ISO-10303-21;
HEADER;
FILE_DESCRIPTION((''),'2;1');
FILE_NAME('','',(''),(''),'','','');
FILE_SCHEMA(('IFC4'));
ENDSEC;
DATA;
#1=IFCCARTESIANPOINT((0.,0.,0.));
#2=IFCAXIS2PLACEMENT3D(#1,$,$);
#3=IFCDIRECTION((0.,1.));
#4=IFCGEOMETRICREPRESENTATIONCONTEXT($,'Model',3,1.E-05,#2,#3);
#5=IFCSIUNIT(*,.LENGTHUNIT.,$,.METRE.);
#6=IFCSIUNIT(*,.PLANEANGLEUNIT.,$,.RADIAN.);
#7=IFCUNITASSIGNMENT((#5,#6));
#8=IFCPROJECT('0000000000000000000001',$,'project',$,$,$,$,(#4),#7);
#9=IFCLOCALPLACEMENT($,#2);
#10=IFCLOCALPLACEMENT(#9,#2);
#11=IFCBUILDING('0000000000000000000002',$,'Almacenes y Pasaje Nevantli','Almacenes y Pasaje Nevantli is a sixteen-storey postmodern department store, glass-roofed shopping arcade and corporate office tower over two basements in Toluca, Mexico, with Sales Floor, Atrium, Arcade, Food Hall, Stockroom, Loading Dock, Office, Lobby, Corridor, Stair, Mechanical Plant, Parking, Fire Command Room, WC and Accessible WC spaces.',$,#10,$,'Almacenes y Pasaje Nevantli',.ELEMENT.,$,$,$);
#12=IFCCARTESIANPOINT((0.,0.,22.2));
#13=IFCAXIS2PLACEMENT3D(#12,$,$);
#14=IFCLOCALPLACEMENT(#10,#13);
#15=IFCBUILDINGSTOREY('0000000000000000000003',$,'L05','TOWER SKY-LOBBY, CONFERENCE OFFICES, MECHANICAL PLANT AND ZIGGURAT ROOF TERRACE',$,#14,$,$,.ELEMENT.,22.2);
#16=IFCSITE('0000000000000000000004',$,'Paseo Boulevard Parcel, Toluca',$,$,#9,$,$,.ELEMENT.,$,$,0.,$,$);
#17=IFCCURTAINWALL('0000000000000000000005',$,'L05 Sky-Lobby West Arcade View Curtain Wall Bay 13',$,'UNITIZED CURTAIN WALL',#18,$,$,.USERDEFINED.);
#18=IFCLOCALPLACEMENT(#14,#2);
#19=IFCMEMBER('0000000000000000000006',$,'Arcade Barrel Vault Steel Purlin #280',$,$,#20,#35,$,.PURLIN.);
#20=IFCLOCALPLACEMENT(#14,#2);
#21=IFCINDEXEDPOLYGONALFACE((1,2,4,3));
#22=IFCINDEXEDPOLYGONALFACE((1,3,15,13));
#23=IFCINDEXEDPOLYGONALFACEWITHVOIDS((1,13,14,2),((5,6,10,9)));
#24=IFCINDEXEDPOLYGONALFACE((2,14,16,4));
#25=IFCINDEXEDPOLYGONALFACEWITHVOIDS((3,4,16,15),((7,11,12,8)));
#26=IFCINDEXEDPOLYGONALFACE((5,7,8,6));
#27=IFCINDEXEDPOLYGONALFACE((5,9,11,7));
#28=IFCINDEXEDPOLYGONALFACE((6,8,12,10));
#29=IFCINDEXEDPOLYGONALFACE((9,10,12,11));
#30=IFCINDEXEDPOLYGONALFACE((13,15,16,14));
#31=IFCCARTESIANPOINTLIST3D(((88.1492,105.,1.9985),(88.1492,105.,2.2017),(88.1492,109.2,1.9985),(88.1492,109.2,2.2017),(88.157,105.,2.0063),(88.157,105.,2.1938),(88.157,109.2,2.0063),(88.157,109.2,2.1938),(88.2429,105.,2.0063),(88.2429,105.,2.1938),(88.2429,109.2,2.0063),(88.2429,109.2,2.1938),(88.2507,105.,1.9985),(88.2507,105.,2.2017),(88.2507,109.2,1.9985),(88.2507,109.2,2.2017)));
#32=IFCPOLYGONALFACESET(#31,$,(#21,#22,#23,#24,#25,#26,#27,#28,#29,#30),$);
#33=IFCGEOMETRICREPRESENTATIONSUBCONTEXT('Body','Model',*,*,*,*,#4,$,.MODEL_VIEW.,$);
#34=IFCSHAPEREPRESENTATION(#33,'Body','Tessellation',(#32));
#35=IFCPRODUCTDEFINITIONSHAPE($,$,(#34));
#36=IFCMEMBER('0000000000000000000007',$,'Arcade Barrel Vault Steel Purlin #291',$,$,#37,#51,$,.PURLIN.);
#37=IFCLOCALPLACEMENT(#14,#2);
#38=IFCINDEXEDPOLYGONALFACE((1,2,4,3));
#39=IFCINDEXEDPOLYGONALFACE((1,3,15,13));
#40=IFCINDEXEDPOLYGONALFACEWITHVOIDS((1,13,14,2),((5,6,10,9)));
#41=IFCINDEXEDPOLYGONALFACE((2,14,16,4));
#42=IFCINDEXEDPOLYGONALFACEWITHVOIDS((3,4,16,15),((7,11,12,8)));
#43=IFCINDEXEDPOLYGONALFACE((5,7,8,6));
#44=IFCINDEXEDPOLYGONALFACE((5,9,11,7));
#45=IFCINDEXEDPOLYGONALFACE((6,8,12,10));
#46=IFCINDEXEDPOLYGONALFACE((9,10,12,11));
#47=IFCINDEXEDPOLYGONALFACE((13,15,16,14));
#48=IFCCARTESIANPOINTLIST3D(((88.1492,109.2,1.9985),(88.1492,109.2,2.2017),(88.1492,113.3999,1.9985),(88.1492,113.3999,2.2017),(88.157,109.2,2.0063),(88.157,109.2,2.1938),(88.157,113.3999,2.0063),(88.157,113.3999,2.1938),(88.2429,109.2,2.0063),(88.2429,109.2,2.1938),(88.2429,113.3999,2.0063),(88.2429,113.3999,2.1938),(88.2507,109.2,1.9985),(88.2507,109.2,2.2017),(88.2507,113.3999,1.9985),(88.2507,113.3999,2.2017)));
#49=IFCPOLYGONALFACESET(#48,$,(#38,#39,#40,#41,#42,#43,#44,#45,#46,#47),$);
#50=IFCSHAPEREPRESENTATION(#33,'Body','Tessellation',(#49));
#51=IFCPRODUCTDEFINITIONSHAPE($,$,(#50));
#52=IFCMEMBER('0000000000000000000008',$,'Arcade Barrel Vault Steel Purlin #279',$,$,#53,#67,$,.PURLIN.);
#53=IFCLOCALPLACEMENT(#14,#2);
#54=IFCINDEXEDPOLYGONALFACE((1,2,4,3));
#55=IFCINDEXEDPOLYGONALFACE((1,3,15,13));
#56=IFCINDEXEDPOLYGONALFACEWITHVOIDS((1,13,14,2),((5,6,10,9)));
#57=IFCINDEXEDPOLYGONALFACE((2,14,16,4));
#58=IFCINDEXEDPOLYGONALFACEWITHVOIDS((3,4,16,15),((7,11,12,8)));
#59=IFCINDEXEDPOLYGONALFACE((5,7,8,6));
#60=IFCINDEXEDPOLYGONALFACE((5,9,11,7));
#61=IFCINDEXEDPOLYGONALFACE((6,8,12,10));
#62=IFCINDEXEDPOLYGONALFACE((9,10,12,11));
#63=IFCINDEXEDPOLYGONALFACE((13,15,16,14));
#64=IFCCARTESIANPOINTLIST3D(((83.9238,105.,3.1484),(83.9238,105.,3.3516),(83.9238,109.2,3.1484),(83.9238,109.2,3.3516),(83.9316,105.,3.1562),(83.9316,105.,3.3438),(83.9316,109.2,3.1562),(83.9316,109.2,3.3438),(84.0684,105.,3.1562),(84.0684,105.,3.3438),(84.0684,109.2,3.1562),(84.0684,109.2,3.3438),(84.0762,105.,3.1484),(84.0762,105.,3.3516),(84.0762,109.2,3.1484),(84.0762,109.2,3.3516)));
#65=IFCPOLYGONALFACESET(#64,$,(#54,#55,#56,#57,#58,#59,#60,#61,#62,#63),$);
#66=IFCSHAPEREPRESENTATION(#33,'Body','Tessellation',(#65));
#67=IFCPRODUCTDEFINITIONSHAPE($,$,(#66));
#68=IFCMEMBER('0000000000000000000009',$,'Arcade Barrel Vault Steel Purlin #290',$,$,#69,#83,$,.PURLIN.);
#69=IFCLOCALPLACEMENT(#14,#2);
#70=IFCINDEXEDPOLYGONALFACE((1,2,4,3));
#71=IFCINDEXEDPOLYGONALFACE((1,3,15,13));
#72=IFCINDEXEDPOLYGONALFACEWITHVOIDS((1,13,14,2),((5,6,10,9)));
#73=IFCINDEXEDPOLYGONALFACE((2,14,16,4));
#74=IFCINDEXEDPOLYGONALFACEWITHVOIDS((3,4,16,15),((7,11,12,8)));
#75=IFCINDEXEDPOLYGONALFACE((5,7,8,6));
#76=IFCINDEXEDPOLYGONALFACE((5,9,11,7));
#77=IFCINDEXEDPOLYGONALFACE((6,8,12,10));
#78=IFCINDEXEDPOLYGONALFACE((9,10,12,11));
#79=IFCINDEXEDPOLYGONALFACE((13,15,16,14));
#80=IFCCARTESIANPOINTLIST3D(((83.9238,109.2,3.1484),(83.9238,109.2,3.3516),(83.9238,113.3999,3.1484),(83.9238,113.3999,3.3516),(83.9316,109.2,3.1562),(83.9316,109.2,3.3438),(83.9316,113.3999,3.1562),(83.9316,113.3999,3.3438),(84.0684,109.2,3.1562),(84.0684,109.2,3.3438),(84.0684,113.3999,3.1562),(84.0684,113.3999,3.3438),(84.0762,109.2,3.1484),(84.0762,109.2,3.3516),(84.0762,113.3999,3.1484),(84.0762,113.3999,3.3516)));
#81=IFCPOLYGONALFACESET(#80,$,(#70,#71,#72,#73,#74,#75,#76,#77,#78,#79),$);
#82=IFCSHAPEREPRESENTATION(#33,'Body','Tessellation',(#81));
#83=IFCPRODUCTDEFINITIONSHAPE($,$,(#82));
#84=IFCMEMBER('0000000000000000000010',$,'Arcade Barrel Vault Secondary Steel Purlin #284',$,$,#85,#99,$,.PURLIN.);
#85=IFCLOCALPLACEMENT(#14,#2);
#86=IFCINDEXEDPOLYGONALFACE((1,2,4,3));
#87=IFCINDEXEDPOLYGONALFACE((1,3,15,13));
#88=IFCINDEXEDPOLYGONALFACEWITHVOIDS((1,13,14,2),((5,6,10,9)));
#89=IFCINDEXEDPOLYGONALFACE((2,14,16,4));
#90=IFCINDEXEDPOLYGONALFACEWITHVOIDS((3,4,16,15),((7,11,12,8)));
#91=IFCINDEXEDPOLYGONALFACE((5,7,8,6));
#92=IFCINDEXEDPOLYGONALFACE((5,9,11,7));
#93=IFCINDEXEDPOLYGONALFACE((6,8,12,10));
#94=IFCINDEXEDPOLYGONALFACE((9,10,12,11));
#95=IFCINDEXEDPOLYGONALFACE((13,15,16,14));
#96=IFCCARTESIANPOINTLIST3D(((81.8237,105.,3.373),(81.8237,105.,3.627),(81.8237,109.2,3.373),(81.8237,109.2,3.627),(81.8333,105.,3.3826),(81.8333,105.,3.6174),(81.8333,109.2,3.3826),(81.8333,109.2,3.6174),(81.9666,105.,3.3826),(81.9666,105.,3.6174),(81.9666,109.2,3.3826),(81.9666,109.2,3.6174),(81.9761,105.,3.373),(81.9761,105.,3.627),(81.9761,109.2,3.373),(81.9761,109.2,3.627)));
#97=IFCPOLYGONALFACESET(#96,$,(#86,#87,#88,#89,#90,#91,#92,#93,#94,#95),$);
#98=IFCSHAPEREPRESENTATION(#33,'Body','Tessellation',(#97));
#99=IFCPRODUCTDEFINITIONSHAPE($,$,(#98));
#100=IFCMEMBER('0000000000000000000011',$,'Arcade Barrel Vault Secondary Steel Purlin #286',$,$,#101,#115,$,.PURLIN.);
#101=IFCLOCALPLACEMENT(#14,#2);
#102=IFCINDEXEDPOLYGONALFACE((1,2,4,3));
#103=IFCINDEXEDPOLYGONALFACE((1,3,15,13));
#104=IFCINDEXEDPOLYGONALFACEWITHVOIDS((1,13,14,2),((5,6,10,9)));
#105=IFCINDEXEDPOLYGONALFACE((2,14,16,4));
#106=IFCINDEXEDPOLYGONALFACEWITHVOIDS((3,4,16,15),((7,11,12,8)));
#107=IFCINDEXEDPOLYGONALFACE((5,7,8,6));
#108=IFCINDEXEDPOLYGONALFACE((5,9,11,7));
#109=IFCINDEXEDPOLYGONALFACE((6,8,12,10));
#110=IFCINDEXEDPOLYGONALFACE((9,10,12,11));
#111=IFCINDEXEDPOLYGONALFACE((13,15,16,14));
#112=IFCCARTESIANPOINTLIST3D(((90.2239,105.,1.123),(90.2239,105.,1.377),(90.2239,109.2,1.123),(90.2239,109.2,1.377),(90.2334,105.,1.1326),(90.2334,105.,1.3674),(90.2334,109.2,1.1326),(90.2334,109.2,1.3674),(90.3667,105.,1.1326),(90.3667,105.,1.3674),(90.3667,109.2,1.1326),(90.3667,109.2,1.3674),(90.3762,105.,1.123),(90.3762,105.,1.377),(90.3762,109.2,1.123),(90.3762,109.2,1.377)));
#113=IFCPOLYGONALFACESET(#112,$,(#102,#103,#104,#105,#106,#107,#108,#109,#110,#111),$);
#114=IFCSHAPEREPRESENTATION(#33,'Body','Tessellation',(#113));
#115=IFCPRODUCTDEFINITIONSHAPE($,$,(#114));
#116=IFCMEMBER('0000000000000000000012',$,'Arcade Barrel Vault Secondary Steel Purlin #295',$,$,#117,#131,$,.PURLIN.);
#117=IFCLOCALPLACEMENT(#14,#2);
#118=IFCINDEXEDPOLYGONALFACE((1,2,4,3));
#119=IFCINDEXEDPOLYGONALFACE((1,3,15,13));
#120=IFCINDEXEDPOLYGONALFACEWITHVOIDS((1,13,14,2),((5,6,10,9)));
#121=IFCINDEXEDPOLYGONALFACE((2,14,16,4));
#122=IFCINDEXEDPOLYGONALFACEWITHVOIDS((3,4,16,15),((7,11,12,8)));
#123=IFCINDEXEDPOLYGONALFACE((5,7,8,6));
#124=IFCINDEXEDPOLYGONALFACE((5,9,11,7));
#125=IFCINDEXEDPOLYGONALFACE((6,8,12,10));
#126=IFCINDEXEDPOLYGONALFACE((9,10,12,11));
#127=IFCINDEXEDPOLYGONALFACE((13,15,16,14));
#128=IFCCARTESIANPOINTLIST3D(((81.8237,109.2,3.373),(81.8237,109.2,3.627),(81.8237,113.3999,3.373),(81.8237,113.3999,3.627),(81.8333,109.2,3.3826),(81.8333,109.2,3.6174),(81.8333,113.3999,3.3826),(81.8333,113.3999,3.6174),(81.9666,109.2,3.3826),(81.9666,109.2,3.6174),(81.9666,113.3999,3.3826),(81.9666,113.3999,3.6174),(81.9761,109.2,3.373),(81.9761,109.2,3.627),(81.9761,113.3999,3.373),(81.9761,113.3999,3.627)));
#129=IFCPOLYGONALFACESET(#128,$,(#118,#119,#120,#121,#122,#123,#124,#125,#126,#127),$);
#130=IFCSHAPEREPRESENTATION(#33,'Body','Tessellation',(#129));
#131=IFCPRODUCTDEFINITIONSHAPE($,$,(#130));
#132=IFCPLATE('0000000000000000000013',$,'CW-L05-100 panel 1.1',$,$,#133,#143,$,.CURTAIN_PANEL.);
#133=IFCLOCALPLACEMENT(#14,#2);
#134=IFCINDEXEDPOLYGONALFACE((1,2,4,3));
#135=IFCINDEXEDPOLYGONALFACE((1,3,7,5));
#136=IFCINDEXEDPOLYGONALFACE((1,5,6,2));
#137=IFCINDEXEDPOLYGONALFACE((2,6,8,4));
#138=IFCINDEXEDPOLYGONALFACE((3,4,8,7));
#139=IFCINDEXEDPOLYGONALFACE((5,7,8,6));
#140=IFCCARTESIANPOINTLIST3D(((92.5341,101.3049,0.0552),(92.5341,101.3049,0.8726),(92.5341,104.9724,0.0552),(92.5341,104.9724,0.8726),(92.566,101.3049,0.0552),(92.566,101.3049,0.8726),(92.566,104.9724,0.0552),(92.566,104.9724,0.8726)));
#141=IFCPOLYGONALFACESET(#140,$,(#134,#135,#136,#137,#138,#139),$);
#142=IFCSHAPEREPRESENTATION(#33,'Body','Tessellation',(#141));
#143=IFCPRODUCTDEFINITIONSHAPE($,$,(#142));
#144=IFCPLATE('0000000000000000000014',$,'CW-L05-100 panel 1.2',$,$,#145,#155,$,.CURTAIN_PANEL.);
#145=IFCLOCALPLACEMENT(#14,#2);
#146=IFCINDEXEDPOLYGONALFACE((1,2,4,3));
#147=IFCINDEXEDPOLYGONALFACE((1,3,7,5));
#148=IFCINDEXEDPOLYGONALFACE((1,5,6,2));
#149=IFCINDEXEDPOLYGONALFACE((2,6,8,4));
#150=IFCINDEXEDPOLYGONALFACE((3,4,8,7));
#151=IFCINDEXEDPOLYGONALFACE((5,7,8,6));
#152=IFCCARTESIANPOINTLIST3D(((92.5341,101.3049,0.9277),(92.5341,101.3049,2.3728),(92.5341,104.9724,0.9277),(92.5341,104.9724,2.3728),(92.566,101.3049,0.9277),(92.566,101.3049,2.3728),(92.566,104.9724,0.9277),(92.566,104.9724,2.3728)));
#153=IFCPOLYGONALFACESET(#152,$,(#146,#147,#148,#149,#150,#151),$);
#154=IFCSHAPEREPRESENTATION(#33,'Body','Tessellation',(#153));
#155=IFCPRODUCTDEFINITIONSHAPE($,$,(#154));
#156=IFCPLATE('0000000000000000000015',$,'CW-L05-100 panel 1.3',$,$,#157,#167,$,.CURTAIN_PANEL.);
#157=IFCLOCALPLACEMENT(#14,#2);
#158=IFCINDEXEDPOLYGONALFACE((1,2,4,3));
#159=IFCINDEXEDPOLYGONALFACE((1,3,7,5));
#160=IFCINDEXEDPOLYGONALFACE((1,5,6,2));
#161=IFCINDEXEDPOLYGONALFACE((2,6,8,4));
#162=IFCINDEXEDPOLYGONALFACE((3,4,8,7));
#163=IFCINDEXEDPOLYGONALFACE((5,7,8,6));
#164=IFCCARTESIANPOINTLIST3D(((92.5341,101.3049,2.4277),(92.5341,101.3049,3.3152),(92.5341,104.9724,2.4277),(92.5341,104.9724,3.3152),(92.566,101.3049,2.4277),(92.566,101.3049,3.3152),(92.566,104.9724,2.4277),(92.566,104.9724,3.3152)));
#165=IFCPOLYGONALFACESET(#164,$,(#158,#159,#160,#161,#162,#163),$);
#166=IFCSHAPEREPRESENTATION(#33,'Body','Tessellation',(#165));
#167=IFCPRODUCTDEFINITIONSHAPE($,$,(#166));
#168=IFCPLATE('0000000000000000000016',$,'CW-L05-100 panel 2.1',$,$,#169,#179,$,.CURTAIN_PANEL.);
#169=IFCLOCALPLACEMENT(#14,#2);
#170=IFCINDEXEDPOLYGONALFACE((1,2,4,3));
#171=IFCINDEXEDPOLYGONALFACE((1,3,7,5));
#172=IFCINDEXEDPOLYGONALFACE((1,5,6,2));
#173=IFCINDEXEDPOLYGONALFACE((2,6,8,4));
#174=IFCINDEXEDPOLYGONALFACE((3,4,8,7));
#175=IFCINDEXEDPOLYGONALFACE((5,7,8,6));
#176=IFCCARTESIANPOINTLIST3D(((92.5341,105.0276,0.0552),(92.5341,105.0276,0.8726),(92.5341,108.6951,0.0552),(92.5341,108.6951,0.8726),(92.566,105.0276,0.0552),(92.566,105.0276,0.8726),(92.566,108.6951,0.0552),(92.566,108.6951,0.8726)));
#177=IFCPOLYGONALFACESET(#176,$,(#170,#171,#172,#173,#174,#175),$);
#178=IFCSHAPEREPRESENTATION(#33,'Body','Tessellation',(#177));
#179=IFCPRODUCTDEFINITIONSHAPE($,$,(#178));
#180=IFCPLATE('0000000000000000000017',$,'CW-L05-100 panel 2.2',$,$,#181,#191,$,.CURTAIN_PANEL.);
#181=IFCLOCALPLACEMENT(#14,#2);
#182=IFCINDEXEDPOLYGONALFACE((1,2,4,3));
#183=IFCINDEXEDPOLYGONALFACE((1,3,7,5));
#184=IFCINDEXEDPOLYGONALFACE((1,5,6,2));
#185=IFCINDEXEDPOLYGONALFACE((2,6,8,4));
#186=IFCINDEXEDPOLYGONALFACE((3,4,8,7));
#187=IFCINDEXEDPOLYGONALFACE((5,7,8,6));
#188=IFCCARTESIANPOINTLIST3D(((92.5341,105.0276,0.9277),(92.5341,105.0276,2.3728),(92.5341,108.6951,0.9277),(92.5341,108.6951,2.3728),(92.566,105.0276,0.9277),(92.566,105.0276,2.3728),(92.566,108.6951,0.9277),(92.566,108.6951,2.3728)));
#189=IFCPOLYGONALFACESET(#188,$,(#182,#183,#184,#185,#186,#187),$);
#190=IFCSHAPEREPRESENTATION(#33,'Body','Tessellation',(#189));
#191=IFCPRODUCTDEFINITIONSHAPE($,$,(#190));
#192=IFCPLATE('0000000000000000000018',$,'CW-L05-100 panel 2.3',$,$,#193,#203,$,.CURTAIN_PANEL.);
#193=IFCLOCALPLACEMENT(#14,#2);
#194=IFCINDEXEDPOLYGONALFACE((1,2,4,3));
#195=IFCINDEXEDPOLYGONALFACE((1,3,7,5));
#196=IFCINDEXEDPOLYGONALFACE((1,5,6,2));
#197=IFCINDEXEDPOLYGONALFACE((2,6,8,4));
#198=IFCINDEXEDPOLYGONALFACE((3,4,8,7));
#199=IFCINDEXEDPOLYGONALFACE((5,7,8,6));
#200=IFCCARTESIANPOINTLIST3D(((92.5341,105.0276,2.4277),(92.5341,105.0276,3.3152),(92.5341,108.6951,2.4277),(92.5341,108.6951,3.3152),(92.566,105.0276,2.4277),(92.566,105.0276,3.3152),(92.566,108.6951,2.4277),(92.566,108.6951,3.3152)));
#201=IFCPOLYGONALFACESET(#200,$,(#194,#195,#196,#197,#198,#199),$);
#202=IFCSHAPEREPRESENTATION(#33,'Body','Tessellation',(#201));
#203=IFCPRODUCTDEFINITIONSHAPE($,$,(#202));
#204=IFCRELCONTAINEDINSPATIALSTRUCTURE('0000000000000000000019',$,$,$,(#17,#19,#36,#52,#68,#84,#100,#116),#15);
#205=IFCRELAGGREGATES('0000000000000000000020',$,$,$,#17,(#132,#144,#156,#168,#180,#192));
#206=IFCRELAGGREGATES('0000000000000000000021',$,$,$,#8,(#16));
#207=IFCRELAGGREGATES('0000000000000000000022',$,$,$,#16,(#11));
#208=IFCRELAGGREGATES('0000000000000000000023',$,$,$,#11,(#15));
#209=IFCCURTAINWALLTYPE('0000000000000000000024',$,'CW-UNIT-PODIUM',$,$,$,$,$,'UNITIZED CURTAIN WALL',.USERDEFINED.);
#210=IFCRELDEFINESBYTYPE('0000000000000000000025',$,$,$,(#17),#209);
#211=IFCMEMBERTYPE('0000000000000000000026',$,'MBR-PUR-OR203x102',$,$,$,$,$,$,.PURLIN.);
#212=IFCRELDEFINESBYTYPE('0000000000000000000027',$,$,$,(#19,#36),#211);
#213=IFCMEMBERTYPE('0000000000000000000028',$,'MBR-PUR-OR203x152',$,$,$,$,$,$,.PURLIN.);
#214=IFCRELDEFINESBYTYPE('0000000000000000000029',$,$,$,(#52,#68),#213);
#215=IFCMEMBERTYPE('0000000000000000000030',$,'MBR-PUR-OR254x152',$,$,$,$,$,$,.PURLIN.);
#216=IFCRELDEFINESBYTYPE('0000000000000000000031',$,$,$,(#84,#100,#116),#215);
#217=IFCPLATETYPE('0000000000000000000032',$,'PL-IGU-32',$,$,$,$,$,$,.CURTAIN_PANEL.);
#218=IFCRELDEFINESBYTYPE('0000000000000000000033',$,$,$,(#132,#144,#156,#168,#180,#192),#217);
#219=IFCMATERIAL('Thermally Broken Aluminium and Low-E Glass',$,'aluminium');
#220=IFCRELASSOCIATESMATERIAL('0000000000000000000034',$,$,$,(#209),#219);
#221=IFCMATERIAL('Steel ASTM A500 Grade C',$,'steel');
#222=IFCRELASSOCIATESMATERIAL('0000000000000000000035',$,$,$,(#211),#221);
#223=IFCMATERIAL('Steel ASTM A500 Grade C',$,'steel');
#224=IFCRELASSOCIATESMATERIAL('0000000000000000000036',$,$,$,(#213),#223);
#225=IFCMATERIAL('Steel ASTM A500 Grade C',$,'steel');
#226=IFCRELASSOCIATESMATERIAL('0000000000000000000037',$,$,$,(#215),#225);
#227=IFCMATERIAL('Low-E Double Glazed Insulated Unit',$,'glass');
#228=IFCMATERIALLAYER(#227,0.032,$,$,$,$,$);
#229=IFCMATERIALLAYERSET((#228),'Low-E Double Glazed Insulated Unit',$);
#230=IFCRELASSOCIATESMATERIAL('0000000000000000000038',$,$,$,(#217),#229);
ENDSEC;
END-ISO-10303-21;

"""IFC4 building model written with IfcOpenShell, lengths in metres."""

from ifc_helpers import new_model, si_unit, direction, frame, origin, origin_2d, place, context, subcontext, project, spatial, rectangle, hollow_rectangle, extrude, material, layer, layer_set, material_profile, profile_set, type_object, element, aggregate, save


model = new_model("IFC4")

# Units and contexts
model_context = context("Model", 3, precision=1e-05, world=origin(), true_north=direction((0.0, 1.0)))
body_context = subcontext(model_context, "Body", "Model", "MODEL_VIEW")
ifc_project = project(units=[si_unit("LENGTHUNIT", "METRE"), si_unit("PLANEANGLEUNIT", "RADIAN")], contexts=[model_context])

# Site, building, storey
site_placement = place(None, origin())
site = spatial("IfcSite", under=ifc_project, at=site_placement, Name="Paseo Boulevard Parcel, Toluca", CompositionType="ELEMENT", RefElevation=0.0)
building_placement = place(site_placement, origin())
building = spatial("IfcBuilding", under=site, at=building_placement, Name="Almacenes y Pasaje Nevantli", Description="Almacenes y Pasaje Nevantli is a sixteen-storey postmodern department store, glass-roofed shopping arcade and corporate office tower over two basements in Toluca, Mexico, with Sales Floor, Atrium, Arcade, Food Hall, Stockroom, Loading Dock, Office, Lobby, Corridor, Stair, Mechanical Plant, Parking, Fire Command Room, WC and Accessible WC spaces.", LongName="Almacenes y Pasaje Nevantli", CompositionType="ELEMENT")
storey_placement = place(building_placement, frame((0.0, 0.0, 22.2)))
storey = spatial("IfcBuildingStorey", under=building, at=storey_placement, Name="L05", Description="TOWER SKY-LOBBY, CONFERENCE OFFICES, MECHANICAL PLANT AND ZIGGURAT ROOF TERRACE", CompositionType="ELEMENT", Elevation=22.2)

# Curtain wall
ifc_material_1 = material(Name="Thermally Broken Aluminium and Low-E Glass", Category="aluminium")
curtain_wall_type = type_object("IfcCurtainWallType", Name="CW-UNIT-PODIUM", ElementType="UNITIZED CURTAIN WALL", PredefinedType="USERDEFINED", material=ifc_material_1)
curtain_wall_placement = place(storey_placement, origin())
curtain_wall = element("IfcCurtainWall", 1, at=curtain_wall_placement, inside=storey, type_object=curtain_wall_type, Name="L05 Sky-Lobby West Arcade View Curtain Wall Bay 13", ObjectType="UNITIZED CURTAIN WALL", PredefinedType="USERDEFINED")

# Members
ifc_material_2 = material(Name="Steel ASTM A500 Grade C", Category="steel")
ifc_material_profile_1 = material_profile(ifc_material_2, hollow_rectangle(XDim=0.1016, YDim=0.2031, WallThickness=0.0078, at=origin_2d()), Name="OR 203x102x7.9")
ifc_profile_set_1 = profile_set([ifc_material_profile_1], Name="Steel ASTM A500 Grade C")
member_type_1 = type_object("IfcMemberType", Name="MBR-PUR-OR203x102", PredefinedType="PURLIN", material=ifc_profile_set_1)
for number, where, z_axis, x_axis, name in (
    (2, (88.2, 105.0, 2.1001), (0.0, 1.0, 0.0), (-1.0, 0.0, 0.0), "Arcade Barrel Vault Steel Purlin #280"),
    (3, (88.2, 109.2, 2.1001), (0.0, 1.0, 0.0), (-1.0, 0.0, 0.0), "Arcade Barrel Vault Steel Purlin #291"),
):
    element("IfcMember", number, at=place(storey_placement, frame(where, z_axis=z_axis, x_axis=x_axis)), inside=storey, type_object=member_type_1, Name=name, PredefinedType="PURLIN", context=body_context, shape_type="SweptSolid", body=[
        extrude(hollow_rectangle(XDim=0.1016, YDim=0.2031, WallThickness=0.0078, at=origin_2d()), origin(), (0.0, 0.0, 1.0), 4.2),
    ])
ifc_material_3 = material(Name="Steel ASTM A500 Grade C", Category="steel")
ifc_material_profile_2 = material_profile(ifc_material_3, hollow_rectangle(XDim=0.1523, YDim=0.2031, WallThickness=0.0078, at=origin_2d()), Name="OR 203x152x7.9")
ifc_profile_set_2 = profile_set([ifc_material_profile_2], Name="Steel ASTM A500 Grade C")
member_type_2 = type_object("IfcMemberType", Name="MBR-PUR-OR203x152", PredefinedType="PURLIN", material=ifc_profile_set_2)
for number, where, z_axis, x_axis, name in (
    (4, (84.0, 105.0, 3.25), (0.0, 1.0, 0.0), (-1.0, 0.0, 0.0), "Arcade Barrel Vault Steel Purlin #279"),
    (5, (84.0, 109.2, 3.25), (0.0, 1.0, 0.0), (-1.0, 0.0, 0.0), "Arcade Barrel Vault Steel Purlin #290"),
):
    element("IfcMember", number, at=place(storey_placement, frame(where, z_axis=z_axis, x_axis=x_axis)), inside=storey, type_object=member_type_2, Name=name, PredefinedType="PURLIN", context=body_context, shape_type="SweptSolid", body=[
        extrude(hollow_rectangle(XDim=0.1523, YDim=0.2031, WallThickness=0.0078, at=origin_2d()), origin(), (0.0, 0.0, 1.0), 4.2),
    ])
ifc_material_4 = material(Name="Steel ASTM A500 Grade C", Category="steel")
ifc_material_profile_3 = material_profile(ifc_material_4, hollow_rectangle(XDim=0.1523, YDim=0.2539, WallThickness=0.0095, at=origin_2d()), Name="OR 254x152x9.5")
ifc_profile_set_3 = profile_set([ifc_material_profile_3], Name="Steel ASTM A500 Grade C")
member_type_3 = type_object("IfcMemberType", Name="MBR-PUR-OR254x152", PredefinedType="PURLIN", material=ifc_profile_set_3)
for number, where, z_axis, x_axis, name in (
    (6, (81.8999, 105.0, 3.5), (0.0, 1.0, 0.0), (-1.0, 0.0, 0.0), "Arcade Barrel Vault Secondary Steel Purlin #284"),
    (7, (90.3, 105.0, 1.25), (0.0, 1.0, 0.0), (-1.0, 0.0, 0.0), "Arcade Barrel Vault Secondary Steel Purlin #286"),
    (8, (81.8999, 109.2, 3.5), (0.0, 1.0, 0.0), (-1.0, 0.0, 0.0), "Arcade Barrel Vault Secondary Steel Purlin #295"),
):
    element("IfcMember", number, at=place(storey_placement, frame(where, z_axis=z_axis, x_axis=x_axis)), inside=storey, type_object=member_type_3, Name=name, PredefinedType="PURLIN", context=body_context, shape_type="SweptSolid", body=[
        extrude(hollow_rectangle(XDim=0.1523, YDim=0.2539, WallThickness=0.0095, at=origin_2d()), origin(), (0.0, 0.0, 1.0), 4.2),
    ])

# Plates
ifc_material_5 = material(Name="Low-E Double Glazed Insulated Unit", Category="glass")
ifc_layer = layer(ifc_material_5, 0.032)
ifc_layer_set = layer_set([ifc_layer], Name="Low-E Double Glazed Insulated Unit")
plate_type = type_object("IfcPlateType", Name="PL-IGU-32", PredefinedType="CURTAIN_PANEL", material=ifc_layer_set)
plate_1_placement = place(storey_placement, frame((92.55, 103.1387, 0.0552), z_axis=(0.0, 0.0, 1.0), x_axis=(0.0, 1.0, 0.0)))
plate_1 = element("IfcPlate", 9, at=plate_1_placement, type_object=plate_type, Name="CW-L05-100 panel 1.1", PredefinedType="CURTAIN_PANEL", context=body_context, shape_type="SweptSolid", body=[
    extrude(rectangle(XDim=3.6675, YDim=0.032, at=origin_2d()), origin(), (0.0, 0.0, 1.0), 0.8174),
])
plate_2_placement = place(storey_placement, frame((92.55, 103.1387, 0.9277), z_axis=(0.0, 0.0, 1.0), x_axis=(0.0, 1.0, 0.0)))
plate_2 = element("IfcPlate", 10, at=plate_2_placement, type_object=plate_type, Name="CW-L05-100 panel 1.2", PredefinedType="CURTAIN_PANEL", context=body_context, shape_type="SweptSolid", body=[
    extrude(rectangle(XDim=3.6675, YDim=0.032, at=origin_2d()), origin(), (0.0, 0.0, 1.0), 1.4451),
])
plate_3_placement = place(storey_placement, frame((92.55, 103.1387, 2.4277), z_axis=(0.0, 0.0, 1.0), x_axis=(0.0, 1.0, 0.0)))
plate_3 = element("IfcPlate", 11, at=plate_3_placement, type_object=plate_type, Name="CW-L05-100 panel 1.3", PredefinedType="CURTAIN_PANEL", context=body_context, shape_type="SweptSolid", body=[
    extrude(rectangle(XDim=3.6675, YDim=0.032, at=origin_2d()), origin(), (0.0, 0.0, 1.0), 0.8875),
])
plate_4_placement = place(storey_placement, frame((92.55, 106.8613, 0.0552), z_axis=(0.0, 0.0, 1.0), x_axis=(0.0, 1.0, 0.0)))
plate_4 = element("IfcPlate", 12, at=plate_4_placement, type_object=plate_type, Name="CW-L05-100 panel 2.1", PredefinedType="CURTAIN_PANEL", context=body_context, shape_type="SweptSolid", body=[
    extrude(rectangle(XDim=3.6675, YDim=0.032, at=origin_2d()), origin(), (0.0, 0.0, 1.0), 0.8174),
])
plate_5_placement = place(storey_placement, frame((92.55, 106.8613, 0.9277), z_axis=(0.0, 0.0, 1.0), x_axis=(0.0, 1.0, 0.0)))
plate_5 = element("IfcPlate", 13, at=plate_5_placement, type_object=plate_type, Name="CW-L05-100 panel 2.2", PredefinedType="CURTAIN_PANEL", context=body_context, shape_type="SweptSolid", body=[
    extrude(rectangle(XDim=3.6675, YDim=0.032, at=origin_2d()), origin(), (0.0, 0.0, 1.0), 1.4451),
])
plate_6_placement = place(storey_placement, frame((92.55, 106.8613, 2.4277), z_axis=(0.0, 0.0, 1.0), x_axis=(0.0, 1.0, 0.0)))
plate_6 = element("IfcPlate", 14, at=plate_6_placement, type_object=plate_type, Name="CW-L05-100 panel 2.3", PredefinedType="CURTAIN_PANEL", context=body_context, shape_type="SweptSolid", body=[
    extrude(rectangle(XDim=3.6675, YDim=0.032, at=origin_2d()), origin(), (0.0, 0.0, 1.0), 0.8875),
])
aggregate(curtain_wall, [plate_1, plate_2, plate_3, plate_4, plate_5, plate_6])

save(model, "model.ifc")
